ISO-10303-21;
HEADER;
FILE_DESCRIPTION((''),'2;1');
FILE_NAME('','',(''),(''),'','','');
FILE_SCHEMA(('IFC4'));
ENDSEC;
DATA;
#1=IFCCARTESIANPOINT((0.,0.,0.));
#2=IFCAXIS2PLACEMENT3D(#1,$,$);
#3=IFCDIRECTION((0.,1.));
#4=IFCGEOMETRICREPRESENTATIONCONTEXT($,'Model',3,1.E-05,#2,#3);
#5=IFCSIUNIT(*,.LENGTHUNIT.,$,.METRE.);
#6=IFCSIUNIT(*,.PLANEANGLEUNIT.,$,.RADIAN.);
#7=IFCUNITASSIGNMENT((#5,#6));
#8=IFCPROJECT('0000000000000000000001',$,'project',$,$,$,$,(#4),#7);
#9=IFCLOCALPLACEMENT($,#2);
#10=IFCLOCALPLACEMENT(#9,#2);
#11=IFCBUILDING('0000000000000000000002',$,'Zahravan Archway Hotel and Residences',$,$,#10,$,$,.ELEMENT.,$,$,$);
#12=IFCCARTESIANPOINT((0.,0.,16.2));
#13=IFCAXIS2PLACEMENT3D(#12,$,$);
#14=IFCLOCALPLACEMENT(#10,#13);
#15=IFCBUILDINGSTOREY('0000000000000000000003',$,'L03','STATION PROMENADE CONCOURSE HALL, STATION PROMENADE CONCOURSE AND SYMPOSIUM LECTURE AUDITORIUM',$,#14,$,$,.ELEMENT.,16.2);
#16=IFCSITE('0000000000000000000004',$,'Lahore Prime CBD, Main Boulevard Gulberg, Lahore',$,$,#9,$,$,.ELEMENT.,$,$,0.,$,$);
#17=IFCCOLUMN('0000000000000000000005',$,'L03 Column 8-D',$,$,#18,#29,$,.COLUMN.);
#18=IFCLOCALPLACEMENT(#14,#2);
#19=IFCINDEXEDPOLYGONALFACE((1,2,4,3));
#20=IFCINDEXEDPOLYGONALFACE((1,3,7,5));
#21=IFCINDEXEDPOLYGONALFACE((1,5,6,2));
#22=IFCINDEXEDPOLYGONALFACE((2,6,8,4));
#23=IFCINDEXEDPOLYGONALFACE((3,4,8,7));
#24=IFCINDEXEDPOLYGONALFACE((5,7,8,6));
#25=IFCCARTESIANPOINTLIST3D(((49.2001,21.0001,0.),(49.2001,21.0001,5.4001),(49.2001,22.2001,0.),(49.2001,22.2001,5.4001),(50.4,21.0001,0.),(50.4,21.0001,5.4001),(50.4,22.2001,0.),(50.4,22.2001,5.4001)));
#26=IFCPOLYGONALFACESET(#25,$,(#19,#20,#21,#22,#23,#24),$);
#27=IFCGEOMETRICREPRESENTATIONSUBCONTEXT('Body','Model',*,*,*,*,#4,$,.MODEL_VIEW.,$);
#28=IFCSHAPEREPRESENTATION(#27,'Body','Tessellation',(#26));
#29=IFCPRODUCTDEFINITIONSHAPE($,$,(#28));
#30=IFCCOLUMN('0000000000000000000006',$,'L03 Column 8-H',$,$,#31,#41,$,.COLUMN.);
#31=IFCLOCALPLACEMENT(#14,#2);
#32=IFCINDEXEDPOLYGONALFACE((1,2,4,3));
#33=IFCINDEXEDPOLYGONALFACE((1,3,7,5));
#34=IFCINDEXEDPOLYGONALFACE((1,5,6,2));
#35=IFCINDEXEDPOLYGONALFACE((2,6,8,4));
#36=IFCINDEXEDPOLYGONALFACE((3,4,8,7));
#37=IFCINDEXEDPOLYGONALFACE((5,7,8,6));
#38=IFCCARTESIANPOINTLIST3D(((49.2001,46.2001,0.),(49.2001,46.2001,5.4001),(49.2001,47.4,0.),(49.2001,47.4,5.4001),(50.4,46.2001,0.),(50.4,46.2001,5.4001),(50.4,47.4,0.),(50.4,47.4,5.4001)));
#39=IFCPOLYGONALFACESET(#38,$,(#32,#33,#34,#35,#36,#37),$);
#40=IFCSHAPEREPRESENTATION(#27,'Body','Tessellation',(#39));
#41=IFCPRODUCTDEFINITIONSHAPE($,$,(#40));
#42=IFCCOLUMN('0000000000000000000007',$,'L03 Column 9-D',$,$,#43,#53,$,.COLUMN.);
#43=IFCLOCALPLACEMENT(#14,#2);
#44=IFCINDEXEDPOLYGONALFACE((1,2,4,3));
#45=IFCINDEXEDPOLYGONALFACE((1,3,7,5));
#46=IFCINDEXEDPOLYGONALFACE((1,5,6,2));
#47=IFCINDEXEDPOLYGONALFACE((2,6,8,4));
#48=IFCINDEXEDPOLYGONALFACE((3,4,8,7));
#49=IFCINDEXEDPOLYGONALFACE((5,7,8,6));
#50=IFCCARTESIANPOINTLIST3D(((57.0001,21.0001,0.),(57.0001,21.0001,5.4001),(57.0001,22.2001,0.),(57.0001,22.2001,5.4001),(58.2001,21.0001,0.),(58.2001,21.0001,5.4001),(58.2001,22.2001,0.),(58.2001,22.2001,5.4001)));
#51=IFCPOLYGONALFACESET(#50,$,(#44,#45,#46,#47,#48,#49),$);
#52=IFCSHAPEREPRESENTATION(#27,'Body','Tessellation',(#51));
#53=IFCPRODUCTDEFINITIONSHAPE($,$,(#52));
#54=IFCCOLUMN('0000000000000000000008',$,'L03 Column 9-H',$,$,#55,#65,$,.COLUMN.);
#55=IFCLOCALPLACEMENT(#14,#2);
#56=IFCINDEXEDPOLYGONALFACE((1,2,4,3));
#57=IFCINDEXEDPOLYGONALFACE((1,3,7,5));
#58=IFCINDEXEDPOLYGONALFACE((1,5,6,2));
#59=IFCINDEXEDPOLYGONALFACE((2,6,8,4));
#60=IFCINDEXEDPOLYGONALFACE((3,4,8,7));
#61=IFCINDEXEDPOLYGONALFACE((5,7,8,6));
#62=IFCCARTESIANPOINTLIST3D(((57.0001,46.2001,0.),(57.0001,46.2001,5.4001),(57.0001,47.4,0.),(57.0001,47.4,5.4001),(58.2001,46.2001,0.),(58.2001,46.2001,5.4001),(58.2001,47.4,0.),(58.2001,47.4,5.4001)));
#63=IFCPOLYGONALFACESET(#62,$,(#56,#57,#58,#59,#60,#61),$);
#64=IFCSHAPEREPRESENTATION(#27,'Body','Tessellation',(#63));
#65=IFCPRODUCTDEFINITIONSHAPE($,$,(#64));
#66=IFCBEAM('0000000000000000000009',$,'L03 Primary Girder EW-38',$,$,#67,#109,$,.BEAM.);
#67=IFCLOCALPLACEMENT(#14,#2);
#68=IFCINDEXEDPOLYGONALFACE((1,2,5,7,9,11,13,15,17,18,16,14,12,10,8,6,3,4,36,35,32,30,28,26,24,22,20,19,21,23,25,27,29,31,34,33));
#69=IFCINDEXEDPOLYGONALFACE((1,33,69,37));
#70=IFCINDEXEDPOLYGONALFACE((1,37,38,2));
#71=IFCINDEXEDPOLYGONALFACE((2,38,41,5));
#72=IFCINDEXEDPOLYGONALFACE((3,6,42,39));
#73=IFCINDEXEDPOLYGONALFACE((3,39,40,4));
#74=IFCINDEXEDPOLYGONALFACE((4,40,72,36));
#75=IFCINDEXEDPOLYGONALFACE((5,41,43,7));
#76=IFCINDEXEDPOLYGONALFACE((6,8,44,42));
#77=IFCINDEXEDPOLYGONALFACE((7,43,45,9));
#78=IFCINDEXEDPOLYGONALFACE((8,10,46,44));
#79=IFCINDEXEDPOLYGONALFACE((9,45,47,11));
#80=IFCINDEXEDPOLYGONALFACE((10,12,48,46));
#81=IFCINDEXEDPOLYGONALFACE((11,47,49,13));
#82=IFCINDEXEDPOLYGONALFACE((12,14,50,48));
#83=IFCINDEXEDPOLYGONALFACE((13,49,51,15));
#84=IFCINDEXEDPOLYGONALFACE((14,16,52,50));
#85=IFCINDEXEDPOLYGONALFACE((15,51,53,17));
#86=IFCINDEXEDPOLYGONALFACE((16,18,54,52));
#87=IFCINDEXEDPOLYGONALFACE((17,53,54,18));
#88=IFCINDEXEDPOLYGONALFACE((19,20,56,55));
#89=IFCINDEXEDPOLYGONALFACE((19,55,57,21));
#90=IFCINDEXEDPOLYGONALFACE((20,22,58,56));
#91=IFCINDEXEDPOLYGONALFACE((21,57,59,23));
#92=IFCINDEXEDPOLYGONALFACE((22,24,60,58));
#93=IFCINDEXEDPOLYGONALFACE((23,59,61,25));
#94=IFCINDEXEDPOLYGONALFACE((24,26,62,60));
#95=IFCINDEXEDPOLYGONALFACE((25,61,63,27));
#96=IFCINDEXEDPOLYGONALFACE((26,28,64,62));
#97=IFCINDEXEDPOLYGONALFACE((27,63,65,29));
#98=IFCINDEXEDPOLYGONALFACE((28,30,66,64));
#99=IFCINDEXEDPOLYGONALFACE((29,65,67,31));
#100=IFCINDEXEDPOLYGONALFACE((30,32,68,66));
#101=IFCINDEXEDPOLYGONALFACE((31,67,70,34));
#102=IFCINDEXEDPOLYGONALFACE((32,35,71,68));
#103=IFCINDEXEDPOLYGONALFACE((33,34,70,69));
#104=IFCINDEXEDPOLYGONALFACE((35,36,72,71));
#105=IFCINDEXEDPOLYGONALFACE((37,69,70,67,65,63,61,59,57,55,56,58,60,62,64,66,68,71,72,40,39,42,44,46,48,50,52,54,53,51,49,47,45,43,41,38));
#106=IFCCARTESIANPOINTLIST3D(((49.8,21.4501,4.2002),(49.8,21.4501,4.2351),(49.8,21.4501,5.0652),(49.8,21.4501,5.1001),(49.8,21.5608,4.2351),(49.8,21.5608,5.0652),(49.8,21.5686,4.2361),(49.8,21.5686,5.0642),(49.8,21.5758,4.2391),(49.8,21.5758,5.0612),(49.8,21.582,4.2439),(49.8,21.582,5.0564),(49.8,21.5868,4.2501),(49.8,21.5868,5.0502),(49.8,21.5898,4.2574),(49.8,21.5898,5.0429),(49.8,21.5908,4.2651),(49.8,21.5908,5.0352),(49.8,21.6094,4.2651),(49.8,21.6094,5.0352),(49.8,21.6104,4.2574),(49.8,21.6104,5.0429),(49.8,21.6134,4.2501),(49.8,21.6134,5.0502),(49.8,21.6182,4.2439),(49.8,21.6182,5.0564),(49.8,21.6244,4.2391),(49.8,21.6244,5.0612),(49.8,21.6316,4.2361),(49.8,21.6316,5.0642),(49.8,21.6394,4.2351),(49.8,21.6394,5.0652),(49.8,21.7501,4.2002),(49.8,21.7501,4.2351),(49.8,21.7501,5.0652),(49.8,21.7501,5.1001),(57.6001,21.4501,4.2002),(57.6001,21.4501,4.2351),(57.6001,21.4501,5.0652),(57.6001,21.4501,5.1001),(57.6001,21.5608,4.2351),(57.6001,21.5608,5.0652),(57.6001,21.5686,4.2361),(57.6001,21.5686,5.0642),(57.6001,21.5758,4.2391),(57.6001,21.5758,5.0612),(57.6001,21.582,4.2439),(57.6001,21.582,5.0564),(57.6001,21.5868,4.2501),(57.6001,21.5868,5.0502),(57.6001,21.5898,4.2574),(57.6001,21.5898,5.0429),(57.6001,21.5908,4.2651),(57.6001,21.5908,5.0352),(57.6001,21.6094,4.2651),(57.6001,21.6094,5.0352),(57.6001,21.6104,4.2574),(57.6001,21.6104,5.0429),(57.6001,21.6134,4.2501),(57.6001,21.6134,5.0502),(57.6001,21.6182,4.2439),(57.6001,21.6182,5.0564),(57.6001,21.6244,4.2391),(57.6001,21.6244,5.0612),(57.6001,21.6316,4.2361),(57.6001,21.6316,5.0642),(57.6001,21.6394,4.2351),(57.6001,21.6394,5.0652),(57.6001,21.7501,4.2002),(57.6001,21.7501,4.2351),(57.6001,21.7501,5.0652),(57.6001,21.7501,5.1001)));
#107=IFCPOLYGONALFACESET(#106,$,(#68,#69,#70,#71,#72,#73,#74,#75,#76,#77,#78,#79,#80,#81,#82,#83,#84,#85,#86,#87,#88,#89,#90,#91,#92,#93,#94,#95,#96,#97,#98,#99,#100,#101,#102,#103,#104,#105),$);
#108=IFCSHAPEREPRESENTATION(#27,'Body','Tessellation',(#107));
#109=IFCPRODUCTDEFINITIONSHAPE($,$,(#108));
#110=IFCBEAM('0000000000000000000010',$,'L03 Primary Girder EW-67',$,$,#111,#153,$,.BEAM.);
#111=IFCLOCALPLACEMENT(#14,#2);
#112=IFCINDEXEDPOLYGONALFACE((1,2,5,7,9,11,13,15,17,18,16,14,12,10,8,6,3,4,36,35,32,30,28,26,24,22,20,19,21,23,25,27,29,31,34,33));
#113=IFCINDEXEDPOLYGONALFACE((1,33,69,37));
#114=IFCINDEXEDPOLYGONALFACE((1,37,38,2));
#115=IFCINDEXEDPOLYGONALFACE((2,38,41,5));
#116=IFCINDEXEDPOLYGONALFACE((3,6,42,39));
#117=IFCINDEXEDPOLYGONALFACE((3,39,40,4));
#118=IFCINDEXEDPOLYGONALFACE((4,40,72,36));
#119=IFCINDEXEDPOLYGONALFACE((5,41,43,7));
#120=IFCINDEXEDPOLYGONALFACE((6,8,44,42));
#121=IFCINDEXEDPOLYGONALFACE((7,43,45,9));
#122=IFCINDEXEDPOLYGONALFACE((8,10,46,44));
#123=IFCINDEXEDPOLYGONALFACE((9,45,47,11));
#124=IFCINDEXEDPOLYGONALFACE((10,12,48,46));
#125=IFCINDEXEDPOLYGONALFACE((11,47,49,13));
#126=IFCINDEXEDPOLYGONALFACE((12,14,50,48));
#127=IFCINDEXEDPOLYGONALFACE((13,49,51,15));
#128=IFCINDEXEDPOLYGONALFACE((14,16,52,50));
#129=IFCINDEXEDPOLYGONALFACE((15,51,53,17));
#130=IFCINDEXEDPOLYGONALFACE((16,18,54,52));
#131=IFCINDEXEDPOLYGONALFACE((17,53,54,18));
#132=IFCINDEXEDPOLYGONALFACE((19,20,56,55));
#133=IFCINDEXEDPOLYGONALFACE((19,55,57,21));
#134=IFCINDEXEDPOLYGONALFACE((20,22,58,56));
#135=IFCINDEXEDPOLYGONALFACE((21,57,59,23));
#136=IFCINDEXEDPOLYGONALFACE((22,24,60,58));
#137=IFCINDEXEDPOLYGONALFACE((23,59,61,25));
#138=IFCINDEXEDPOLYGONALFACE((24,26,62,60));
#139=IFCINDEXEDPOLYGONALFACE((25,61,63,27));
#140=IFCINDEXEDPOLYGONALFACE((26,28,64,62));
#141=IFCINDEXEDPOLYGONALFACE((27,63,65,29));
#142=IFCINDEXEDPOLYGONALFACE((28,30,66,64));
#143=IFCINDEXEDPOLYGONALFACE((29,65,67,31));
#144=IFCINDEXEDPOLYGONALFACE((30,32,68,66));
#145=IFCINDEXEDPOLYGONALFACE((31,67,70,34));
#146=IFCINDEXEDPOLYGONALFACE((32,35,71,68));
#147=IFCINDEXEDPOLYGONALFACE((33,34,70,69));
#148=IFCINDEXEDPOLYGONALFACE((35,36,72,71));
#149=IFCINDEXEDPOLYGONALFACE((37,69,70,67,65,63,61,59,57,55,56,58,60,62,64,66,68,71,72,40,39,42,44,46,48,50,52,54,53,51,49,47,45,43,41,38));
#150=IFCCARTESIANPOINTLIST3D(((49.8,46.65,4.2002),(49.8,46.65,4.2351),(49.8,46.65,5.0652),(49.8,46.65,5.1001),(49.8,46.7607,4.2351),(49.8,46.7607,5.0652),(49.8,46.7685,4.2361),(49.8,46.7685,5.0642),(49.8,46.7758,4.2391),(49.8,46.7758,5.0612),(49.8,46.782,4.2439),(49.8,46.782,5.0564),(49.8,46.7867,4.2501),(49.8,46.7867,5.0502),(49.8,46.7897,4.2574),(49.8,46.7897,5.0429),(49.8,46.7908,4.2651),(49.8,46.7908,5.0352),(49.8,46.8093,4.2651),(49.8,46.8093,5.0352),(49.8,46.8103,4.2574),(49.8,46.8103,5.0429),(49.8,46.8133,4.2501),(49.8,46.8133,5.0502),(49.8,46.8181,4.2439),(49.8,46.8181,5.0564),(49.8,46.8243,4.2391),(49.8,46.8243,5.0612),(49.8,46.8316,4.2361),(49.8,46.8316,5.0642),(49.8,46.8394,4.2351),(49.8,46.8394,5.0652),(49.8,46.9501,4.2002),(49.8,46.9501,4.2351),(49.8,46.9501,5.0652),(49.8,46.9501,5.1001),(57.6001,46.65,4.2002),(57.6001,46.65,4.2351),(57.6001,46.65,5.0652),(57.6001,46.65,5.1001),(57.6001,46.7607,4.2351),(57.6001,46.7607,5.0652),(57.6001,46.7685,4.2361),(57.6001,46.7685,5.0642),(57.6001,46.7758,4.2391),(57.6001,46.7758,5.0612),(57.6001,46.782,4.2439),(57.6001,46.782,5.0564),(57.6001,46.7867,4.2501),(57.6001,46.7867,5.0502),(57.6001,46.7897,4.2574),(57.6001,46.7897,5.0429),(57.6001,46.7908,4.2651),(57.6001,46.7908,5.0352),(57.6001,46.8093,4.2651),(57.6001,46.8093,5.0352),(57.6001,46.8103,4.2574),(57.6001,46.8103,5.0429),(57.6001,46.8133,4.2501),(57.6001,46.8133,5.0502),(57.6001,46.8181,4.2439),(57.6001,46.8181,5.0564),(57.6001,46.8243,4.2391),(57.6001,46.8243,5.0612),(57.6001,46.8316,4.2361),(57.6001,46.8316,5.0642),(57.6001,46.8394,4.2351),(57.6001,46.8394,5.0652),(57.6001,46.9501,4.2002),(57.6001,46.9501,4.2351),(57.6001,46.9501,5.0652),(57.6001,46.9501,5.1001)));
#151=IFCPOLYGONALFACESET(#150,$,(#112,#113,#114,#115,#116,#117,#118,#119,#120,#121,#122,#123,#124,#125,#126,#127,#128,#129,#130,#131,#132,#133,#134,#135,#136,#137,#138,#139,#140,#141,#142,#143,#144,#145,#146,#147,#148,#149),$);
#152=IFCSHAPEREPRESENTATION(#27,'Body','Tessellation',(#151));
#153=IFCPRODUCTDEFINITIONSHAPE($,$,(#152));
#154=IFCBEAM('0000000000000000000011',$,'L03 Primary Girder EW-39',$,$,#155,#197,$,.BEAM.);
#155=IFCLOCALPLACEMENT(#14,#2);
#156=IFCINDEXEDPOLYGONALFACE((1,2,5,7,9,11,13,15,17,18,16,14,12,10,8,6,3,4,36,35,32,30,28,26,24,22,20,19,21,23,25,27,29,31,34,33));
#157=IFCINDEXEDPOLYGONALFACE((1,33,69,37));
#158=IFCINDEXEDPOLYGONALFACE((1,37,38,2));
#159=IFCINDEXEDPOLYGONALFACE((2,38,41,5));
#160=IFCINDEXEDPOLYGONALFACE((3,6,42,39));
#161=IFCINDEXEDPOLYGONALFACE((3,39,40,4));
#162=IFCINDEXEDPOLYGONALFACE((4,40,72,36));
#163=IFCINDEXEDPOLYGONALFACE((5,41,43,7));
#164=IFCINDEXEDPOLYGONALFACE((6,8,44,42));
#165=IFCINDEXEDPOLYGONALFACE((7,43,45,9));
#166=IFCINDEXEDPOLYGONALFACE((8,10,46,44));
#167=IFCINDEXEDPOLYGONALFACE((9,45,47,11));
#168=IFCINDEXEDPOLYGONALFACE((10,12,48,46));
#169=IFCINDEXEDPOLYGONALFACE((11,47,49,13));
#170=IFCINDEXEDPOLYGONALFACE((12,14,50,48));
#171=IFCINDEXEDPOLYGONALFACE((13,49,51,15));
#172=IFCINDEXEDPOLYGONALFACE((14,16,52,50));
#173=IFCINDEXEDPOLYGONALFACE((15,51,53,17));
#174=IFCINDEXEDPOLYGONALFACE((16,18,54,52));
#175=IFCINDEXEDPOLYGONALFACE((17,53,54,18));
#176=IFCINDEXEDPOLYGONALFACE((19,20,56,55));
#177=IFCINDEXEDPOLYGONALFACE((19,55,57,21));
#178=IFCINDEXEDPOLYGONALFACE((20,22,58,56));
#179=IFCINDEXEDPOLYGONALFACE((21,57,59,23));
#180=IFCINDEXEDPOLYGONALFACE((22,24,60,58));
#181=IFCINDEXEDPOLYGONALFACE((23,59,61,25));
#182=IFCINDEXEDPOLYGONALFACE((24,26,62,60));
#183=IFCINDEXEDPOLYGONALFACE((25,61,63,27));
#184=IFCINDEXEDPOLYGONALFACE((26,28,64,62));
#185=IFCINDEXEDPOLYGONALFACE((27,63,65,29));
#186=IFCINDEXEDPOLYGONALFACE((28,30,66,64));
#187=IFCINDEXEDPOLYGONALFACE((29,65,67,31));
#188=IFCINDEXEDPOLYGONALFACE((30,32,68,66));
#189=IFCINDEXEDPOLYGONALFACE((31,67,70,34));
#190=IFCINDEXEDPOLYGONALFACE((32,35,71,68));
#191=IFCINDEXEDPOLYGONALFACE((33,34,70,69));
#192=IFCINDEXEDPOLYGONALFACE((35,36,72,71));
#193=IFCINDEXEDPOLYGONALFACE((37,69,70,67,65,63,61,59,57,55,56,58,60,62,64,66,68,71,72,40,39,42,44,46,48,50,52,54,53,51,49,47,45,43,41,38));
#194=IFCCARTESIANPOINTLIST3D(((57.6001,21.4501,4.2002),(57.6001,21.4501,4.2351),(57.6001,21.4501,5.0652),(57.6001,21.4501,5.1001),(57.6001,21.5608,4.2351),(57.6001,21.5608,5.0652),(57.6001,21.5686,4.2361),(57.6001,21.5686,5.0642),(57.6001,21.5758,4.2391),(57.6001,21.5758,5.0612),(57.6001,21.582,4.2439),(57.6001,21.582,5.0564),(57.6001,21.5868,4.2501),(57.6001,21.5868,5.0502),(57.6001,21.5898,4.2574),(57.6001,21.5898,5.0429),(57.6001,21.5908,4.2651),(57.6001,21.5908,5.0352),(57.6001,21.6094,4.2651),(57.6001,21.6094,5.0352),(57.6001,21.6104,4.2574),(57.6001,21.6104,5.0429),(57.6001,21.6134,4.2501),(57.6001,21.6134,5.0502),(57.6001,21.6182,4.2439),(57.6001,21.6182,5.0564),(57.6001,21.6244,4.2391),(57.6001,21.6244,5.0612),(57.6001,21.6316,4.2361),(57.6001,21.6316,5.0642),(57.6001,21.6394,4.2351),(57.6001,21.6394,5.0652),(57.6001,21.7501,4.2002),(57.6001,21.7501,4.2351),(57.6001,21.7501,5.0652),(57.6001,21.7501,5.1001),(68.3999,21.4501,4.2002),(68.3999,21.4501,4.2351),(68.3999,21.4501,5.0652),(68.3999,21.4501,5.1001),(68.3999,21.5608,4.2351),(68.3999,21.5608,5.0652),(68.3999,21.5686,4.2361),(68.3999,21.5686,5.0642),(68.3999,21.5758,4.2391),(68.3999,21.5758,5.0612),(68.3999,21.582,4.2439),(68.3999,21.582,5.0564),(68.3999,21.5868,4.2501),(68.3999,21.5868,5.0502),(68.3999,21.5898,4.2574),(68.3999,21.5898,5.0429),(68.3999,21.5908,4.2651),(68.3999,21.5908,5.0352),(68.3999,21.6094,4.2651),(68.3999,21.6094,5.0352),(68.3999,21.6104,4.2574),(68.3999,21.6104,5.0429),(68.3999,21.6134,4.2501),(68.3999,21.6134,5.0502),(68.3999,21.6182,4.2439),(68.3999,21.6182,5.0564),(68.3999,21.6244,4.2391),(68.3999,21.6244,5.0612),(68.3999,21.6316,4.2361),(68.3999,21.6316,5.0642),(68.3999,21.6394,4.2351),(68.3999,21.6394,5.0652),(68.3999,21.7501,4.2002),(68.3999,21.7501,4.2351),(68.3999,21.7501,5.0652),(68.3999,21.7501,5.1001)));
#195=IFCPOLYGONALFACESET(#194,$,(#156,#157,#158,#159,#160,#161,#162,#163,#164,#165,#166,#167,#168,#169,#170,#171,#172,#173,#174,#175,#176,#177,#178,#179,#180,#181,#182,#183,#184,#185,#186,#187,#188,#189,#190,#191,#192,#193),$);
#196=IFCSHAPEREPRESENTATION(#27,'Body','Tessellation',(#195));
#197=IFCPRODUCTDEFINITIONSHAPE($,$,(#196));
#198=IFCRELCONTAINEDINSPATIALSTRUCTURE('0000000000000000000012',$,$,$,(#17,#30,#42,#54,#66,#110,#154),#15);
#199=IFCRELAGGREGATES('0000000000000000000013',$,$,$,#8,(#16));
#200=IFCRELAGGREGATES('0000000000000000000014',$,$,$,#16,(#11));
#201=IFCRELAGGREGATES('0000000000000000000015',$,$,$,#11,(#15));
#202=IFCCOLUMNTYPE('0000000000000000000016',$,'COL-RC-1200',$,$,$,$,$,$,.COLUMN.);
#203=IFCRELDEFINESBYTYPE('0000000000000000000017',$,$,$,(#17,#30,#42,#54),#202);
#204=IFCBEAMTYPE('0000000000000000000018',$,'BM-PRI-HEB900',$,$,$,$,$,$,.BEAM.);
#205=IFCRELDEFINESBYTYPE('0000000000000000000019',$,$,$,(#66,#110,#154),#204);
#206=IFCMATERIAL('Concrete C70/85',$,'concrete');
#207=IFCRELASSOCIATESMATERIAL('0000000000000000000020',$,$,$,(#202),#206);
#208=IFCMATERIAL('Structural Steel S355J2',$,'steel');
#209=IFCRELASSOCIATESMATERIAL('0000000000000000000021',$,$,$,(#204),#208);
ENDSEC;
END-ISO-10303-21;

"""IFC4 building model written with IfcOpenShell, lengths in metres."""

from ifc_helpers import new_model, si_unit, direction, frame, origin, origin_2d, place, context, subcontext, project, spatial, rectangle, i_section, extrude, source, transform, mapped, material, material_profile, profile_set, type_object, element, save


model = new_model("IFC4")

# Units and contexts
model_context = context("Model", 3, precision=1e-05, world=origin(), true_north=direction((0.0, 1.0)))
body_context = subcontext(model_context, "Body", "Model", "MODEL_VIEW")
ifc_project = project(units=[si_unit("LENGTHUNIT", "METRE"), si_unit("PLANEANGLEUNIT", "RADIAN")], contexts=[model_context])

# Site, building, storey
site_placement = place(None, origin())
site = spatial("IfcSite", under=ifc_project, at=site_placement, Name="Lahore Prime CBD, Main Boulevard Gulberg, Lahore", CompositionType="ELEMENT", RefElevation=0.0)
building_placement = place(site_placement, origin())
building = spatial("IfcBuilding", under=site, at=building_placement, Name="Zahravan Archway Hotel and Residences", CompositionType="ELEMENT")
storey_placement = place(building_placement, frame((0.0, 0.0, 16.2)))
storey = spatial("IfcBuildingStorey", under=building, at=storey_placement, Name="L03", Description="STATION PROMENADE CONCOURSE HALL, STATION PROMENADE CONCOURSE AND SYMPOSIUM LECTURE AUDITORIUM", CompositionType="ELEMENT", Elevation=16.2)

# Columns
ifc_material_1 = material(Name="Concrete C70/85", Category="concrete")
ifc_material_profile_1 = material_profile(ifc_material_1, rectangle(XDim=1.2, YDim=1.2, at=origin_2d()), Name="RC-COL-1200x1200", Category="concrete")
ifc_profile_set_1 = profile_set([ifc_material_profile_1], Name="Concrete C70/85")
column_type = type_object("IfcColumnType", Name="COL-RC-1200", PredefinedType="COLUMN", material=ifc_profile_set_1)
shared_shape_1 = source(origin(), body_context, "Body", "SweptSolid", [
    extrude(rectangle(XDim=1.2, YDim=1.2, at=origin_2d()), origin(), (0.0, 0.0, 1.0), 5.4001),
])
for number, where, z_axis, x_axis, name in (
    (1, (49.8, 21.6001, 0.0), (0.0, 0.0, 1.0), (1.0, 0.0, 0.0), "L03 Column 8-D"),
    (2, (49.8, 46.8, 0.0), (0.0, 0.0, 1.0), (1.0, 0.0, 0.0), "L03 Column 8-H"),
    (3, (57.6001, 21.6001, 0.0), (0.0, 0.0, 1.0), (1.0, 0.0, 0.0), "L03 Column 9-D"),
    (4, (57.6001, 46.8, 0.0), (0.0, 0.0, 1.0), (1.0, 0.0, 0.0), "L03 Column 9-H"),
):
    element("IfcColumn", number, at=place(storey_placement, frame(where, z_axis=z_axis, x_axis=x_axis)), inside=storey, type_object=column_type, Name=name, PredefinedType="COLUMN", context=body_context, shape_type="MappedRepresentation", body=[
        mapped(shared_shape_1, transform((0.0, 0.0, 0.0), scale=1.0)),
    ])

# Beams
ifc_material_2 = material(Name="Structural Steel S355J2", Category="steel")
ifc_material_profile_2 = material_profile(ifc_material_2, i_section(OverallWidth=0.3, OverallDepth=0.8999, WebThickness=0.0186, FlangeThickness=0.0349, FilletRadius=0.03, at=origin_2d()), Name="HEB 900", Category="steel")
ifc_profile_set_2 = profile_set([ifc_material_profile_2], Name="Structural Steel S355J2")
beam_type_1 = type_object("IfcBeamType", Name="BM-PRI-HEB900", PredefinedType="BEAM", material=ifc_profile_set_2)
shared_shape_2 = source(origin(), body_context, "Body", "SweptSolid", [
    extrude(i_section(OverallWidth=0.3, OverallDepth=0.8999, WebThickness=0.0186, FlangeThickness=0.0349, FilletRadius=0.03, at=origin_2d()), origin(), (0.0, 0.0, 1.0), 7.8),
])
for number, where, z_axis, x_axis, name in (
    (5, (49.8, 21.6001, 4.6501), (1.0, 0.0, 0.0), (0.0, 1.0, 0.0), "L03 Primary Girder EW-38"),
    (6, (49.8, 46.8, 4.6501), (1.0, 0.0, 0.0), (0.0, 1.0, 0.0), "L03 Primary Girder EW-67"),
):
    element("IfcBeam", number, at=place(storey_placement, frame(where, z_axis=z_axis, x_axis=x_axis)), inside=storey, type_object=beam_type_1, Name=name, PredefinedType="BEAM", context=body_context, shape_type="MappedRepresentation", body=[
        mapped(shared_shape_2, transform((0.0, 0.0, 0.0), scale=1.0)),
    ])
shared_shape_3 = source(origin(), body_context, "Body", "SweptSolid", [
    extrude(i_section(OverallWidth=0.3, OverallDepth=0.8999, WebThickness=0.0186, FlangeThickness=0.0349, FilletRadius=0.03, at=origin_2d()), origin(), (0.0, 0.0, 1.0), 10.7998),
])
for number, where, z_axis, x_axis, name in (
    (7, (57.6001, 21.6001, 4.6501), (1.0, 0.0, 0.0), (0.0, 1.0, 0.0), "L03 Primary Girder EW-39"),
):
    element("IfcBeam", number, at=place(storey_placement, frame(where, z_axis=z_axis, x_axis=x_axis)), inside=storey, type_object=beam_type_1, Name=name, PredefinedType="BEAM", context=body_context, shape_type="MappedRepresentation", body=[
        mapped(shared_shape_3, transform((0.0, 0.0, 0.0), scale=1.0)),
    ])

save(model, "model.ifc")
